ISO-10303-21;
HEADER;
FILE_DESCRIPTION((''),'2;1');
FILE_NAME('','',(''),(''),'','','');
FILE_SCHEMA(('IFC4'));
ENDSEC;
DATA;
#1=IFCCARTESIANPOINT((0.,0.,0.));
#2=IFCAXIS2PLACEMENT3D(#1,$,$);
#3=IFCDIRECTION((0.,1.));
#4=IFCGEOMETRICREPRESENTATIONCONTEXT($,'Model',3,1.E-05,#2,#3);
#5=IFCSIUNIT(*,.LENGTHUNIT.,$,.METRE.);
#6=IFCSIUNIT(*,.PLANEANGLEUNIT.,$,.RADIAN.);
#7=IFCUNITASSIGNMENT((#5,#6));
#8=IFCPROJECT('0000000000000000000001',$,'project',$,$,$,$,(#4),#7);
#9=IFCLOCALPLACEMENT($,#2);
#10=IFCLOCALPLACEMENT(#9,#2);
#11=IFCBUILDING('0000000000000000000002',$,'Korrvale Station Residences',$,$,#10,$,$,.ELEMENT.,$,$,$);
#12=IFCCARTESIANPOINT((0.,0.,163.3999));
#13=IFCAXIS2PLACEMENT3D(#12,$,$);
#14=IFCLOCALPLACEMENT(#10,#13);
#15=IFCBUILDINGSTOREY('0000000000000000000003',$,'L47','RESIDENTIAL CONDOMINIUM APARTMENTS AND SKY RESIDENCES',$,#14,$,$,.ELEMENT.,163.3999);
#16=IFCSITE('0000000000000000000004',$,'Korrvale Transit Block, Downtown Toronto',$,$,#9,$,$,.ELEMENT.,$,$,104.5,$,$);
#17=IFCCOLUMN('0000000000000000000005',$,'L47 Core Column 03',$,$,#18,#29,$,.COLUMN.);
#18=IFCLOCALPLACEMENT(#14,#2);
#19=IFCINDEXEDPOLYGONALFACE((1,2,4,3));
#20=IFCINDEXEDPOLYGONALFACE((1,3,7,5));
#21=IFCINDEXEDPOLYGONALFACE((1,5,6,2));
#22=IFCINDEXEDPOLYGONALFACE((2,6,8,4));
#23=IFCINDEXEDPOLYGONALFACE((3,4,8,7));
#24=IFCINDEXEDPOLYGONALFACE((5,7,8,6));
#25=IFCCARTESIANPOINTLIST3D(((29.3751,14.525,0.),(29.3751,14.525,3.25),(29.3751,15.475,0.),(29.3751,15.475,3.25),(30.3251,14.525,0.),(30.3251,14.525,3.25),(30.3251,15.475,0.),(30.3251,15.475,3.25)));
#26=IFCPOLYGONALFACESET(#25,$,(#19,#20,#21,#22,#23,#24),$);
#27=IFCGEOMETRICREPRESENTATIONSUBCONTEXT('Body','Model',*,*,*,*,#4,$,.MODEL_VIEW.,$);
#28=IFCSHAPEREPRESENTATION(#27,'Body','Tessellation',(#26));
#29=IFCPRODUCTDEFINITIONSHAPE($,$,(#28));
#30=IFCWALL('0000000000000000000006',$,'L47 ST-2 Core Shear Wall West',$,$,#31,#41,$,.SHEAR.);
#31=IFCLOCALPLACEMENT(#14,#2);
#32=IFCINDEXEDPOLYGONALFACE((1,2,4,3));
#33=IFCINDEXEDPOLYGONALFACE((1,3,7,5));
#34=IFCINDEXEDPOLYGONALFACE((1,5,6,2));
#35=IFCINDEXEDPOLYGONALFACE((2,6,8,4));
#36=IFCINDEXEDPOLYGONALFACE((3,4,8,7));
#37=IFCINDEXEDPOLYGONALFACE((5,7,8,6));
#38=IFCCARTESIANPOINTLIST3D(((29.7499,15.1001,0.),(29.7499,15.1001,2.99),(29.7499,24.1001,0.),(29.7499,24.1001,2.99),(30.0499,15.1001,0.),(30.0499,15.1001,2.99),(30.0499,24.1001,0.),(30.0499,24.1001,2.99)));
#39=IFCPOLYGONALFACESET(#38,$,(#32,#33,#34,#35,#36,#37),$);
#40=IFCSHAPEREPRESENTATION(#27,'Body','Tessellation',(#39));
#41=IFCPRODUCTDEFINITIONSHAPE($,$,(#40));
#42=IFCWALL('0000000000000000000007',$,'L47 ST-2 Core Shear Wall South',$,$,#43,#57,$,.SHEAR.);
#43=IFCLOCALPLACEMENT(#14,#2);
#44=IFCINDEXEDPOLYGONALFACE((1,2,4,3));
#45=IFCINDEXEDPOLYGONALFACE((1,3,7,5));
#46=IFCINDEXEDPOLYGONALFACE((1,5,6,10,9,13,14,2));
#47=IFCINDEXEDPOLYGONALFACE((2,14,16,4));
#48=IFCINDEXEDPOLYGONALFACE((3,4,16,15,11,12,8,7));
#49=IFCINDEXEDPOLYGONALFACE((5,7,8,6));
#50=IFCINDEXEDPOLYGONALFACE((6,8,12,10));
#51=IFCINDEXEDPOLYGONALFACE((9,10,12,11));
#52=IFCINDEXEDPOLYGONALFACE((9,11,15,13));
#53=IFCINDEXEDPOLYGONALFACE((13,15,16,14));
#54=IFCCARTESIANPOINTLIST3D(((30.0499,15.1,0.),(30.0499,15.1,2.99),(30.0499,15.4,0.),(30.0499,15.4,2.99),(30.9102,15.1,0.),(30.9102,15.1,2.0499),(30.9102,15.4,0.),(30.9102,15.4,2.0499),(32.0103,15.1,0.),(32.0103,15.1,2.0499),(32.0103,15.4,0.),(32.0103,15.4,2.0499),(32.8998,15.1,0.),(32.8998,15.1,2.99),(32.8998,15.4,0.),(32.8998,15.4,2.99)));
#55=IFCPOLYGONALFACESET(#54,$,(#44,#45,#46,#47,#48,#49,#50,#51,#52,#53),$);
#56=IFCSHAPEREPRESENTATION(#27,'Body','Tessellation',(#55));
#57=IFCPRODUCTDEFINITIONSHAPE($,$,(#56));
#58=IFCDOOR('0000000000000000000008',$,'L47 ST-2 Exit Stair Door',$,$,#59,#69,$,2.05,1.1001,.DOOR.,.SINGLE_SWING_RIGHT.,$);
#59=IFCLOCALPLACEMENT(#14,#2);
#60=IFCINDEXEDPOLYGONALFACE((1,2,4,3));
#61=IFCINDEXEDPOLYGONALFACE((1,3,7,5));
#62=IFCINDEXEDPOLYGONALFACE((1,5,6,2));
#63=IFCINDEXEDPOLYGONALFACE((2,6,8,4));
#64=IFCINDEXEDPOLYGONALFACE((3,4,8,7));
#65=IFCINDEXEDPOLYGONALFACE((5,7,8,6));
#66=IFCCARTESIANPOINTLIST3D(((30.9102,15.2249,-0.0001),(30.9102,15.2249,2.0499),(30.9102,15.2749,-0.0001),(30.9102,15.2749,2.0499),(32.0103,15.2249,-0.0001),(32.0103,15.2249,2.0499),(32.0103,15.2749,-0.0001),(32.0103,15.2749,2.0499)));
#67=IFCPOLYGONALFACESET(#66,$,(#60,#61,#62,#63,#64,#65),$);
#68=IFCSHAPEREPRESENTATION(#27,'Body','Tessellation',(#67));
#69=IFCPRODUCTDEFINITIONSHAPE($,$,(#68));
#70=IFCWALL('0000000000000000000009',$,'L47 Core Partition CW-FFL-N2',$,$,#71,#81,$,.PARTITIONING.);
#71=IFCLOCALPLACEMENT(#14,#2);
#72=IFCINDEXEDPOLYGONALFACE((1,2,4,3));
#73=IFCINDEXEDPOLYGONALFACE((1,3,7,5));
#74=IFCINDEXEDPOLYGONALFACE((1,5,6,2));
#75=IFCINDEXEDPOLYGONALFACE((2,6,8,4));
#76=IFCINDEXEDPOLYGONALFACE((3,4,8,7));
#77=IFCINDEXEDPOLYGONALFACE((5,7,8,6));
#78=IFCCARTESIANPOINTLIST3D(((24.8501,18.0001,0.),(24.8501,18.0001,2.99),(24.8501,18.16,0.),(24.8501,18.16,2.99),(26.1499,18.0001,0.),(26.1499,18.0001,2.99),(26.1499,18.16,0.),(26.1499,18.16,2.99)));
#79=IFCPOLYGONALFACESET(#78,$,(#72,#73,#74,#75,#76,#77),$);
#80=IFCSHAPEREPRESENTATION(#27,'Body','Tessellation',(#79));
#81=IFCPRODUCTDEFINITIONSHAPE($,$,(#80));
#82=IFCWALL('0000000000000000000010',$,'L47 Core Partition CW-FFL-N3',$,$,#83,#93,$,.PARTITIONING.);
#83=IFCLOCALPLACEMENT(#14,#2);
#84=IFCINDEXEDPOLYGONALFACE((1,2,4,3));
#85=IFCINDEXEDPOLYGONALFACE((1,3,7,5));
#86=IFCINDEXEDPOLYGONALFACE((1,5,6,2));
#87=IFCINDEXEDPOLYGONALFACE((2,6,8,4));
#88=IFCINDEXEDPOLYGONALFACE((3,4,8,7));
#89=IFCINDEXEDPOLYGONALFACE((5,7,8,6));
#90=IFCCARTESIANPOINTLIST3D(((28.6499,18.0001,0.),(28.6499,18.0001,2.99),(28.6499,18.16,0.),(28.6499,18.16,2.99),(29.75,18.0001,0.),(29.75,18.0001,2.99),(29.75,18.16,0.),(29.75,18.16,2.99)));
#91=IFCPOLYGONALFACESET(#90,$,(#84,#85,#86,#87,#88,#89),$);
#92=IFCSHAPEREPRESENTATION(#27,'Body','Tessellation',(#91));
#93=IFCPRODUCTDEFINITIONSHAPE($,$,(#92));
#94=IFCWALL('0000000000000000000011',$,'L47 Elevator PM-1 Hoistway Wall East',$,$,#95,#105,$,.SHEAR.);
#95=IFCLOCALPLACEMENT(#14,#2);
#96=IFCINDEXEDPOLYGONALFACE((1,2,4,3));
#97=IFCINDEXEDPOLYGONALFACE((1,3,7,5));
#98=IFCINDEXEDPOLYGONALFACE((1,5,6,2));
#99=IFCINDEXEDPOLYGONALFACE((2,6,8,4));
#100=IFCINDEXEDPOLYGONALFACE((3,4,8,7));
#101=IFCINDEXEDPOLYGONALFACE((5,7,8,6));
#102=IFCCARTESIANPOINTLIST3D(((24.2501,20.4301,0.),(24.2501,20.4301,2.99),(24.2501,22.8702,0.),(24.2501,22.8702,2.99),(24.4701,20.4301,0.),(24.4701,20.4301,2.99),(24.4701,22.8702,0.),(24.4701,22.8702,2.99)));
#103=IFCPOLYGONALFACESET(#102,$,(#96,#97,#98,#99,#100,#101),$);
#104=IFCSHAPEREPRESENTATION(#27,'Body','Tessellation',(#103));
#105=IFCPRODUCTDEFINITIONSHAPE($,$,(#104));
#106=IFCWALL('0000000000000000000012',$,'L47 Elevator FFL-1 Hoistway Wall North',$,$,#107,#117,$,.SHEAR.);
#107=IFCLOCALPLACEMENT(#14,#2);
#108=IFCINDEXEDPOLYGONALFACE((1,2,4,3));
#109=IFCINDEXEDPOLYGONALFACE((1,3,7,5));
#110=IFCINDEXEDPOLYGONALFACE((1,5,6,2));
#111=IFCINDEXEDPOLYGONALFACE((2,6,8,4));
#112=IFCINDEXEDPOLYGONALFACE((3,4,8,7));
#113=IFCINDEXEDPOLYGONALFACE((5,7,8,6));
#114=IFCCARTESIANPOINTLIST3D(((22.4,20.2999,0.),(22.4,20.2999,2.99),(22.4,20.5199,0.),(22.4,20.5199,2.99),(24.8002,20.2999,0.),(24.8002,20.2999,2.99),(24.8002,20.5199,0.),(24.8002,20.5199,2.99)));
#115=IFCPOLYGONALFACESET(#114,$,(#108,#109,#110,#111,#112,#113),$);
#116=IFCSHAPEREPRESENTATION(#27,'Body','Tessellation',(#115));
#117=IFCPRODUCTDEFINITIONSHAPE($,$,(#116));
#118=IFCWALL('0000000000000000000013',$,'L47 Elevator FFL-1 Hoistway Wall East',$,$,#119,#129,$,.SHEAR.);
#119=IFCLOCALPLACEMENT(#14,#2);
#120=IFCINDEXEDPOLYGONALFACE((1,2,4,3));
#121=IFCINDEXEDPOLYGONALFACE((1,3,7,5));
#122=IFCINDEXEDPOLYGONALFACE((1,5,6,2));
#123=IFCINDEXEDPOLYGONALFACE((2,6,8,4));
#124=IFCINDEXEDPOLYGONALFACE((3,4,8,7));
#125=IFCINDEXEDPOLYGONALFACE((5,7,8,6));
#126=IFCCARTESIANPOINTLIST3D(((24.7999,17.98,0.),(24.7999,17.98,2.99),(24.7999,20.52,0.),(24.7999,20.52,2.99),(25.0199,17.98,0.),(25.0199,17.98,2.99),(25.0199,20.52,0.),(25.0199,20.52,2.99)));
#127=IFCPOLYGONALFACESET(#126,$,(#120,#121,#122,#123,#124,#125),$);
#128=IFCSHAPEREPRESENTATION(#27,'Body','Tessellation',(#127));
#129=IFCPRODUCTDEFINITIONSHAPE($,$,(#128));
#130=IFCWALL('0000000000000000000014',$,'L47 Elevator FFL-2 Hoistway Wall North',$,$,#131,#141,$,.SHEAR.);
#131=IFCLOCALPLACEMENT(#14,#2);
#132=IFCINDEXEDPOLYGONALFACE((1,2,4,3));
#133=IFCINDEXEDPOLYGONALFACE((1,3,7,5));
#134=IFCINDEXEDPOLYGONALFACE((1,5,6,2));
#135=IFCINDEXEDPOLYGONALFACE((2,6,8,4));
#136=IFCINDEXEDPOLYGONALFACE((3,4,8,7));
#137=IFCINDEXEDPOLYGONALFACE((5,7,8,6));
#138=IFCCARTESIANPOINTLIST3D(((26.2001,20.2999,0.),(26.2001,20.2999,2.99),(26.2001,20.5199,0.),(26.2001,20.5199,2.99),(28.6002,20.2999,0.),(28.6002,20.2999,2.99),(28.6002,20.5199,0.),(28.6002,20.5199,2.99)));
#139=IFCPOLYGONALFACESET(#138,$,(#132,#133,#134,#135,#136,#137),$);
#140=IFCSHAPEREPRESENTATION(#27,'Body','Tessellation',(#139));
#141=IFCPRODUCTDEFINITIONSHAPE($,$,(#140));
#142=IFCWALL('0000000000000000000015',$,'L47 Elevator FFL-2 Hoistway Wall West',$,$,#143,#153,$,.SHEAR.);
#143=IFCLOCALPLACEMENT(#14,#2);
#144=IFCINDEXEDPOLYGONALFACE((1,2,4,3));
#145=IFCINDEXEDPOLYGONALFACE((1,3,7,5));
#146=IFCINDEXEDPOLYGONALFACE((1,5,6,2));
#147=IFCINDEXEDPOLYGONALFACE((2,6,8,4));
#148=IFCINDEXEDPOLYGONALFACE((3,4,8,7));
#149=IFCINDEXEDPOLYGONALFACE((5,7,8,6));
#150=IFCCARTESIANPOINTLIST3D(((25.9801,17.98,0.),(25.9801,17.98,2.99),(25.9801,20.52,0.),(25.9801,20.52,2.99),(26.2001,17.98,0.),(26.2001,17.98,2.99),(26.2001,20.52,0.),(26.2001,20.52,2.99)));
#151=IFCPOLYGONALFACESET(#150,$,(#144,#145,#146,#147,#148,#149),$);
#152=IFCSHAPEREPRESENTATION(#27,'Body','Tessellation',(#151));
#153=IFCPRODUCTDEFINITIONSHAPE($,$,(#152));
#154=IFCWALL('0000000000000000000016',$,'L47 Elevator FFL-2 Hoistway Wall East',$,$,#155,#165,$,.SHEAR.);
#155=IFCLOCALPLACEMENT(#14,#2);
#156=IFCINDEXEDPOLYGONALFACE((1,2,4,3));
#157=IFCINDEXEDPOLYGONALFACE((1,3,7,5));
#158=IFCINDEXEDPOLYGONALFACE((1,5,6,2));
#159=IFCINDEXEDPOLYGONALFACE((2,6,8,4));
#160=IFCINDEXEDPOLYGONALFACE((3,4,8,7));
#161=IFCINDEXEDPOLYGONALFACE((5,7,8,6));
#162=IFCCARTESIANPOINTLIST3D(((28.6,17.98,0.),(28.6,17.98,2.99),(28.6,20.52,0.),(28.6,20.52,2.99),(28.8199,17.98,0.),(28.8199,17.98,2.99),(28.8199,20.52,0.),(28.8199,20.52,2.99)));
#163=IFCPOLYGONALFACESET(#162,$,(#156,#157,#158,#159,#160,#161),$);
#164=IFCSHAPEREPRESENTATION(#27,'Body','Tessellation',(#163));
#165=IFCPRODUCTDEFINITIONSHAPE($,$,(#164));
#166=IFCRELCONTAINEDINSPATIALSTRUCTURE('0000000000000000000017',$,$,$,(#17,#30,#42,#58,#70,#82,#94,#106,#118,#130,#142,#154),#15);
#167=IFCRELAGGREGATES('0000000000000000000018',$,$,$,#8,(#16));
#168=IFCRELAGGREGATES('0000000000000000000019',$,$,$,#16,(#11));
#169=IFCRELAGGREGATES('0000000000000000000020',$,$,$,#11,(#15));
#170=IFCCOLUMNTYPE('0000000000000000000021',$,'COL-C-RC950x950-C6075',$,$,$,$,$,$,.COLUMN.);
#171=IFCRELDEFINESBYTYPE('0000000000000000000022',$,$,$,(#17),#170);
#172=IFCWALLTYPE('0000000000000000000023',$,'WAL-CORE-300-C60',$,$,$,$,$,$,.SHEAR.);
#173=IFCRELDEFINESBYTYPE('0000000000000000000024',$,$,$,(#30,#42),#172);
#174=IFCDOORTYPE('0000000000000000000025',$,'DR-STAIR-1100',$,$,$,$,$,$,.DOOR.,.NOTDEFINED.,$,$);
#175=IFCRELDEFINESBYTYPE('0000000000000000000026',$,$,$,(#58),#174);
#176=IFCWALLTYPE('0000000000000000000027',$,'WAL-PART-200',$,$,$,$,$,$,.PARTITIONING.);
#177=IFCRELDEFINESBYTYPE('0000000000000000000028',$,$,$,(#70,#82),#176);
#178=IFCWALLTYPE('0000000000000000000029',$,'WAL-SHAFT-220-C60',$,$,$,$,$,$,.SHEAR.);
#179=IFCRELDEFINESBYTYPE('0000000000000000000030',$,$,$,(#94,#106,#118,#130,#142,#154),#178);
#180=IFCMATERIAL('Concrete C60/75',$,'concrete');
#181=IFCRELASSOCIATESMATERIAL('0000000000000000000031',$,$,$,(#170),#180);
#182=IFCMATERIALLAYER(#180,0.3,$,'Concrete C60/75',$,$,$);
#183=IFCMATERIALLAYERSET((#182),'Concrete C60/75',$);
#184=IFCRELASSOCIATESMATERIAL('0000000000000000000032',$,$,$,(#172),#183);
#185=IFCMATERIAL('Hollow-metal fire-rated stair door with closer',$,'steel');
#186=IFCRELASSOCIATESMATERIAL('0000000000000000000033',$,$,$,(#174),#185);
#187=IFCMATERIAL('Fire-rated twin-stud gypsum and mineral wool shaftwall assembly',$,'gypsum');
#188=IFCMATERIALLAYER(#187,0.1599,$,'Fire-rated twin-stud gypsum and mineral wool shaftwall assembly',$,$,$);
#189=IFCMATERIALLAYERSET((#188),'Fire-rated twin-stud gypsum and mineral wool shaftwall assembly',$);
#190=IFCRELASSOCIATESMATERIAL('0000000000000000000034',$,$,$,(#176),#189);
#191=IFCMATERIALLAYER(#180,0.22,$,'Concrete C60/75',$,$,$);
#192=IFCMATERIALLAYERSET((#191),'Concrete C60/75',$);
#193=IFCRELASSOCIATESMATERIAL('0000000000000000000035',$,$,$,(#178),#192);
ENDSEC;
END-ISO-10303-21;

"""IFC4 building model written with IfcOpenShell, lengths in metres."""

from ifc_helpers import new_model, si_unit, direction, frame, frame_2d, origin, origin_2d, place, context, subcontext, project, spatial, rectangle, extrude, material, layer, layer_set, material_profile, profile_set, type_object, element, fill, save


model = new_model("IFC4")

# Units and contexts
model_context = context("Model", 3, precision=1e-05, world=origin(), true_north=direction((0.0, 1.0)))
body_context = subcontext(model_context, "Body", "Model", "MODEL_VIEW")
ifc_project = project(units=[si_unit("LENGTHUNIT", "METRE"), si_unit("PLANEANGLEUNIT", "RADIAN")], contexts=[model_context])

# Site, building, storey
site_placement = place(None, origin())
site = spatial("IfcSite", under=ifc_project, at=site_placement, Name="Korrvale Transit Block, Downtown Toronto", CompositionType="ELEMENT", RefElevation=104.5)
building_placement = place(site_placement, origin())
building = spatial("IfcBuilding", under=site, at=building_placement, Name="Korrvale Station Residences", CompositionType="ELEMENT")
storey_placement = place(building_placement, frame((0.0, 0.0, 163.3999)))
storey = spatial("IfcBuildingStorey", under=building, at=storey_placement, Name="L47", Description="RESIDENTIAL CONDOMINIUM APARTMENTS AND SKY RESIDENCES", CompositionType="ELEMENT", Elevation=163.3999)

# Column
ifc_material_1 = material(Name="Concrete C60/75", Category="concrete")
ifc_material_profile = material_profile(ifc_material_1, rectangle(XDim=0.95, YDim=0.95, at=origin_2d()), Name="RC950x950")
ifc_profile_set = profile_set([ifc_material_profile], Name="Concrete C60/75")
column_type = type_object("IfcColumnType", Name="COL-C-RC950x950-C6075", PredefinedType="COLUMN", material=ifc_profile_set)
column_placement = place(storey_placement, frame((29.8501, 15.0, 0.0), z_axis=(0.0, 0.0, 1.0), x_axis=(1.0, 0.0, 0.0)))
element("IfcColumn", 1, at=column_placement, inside=storey, type_object=column_type, Name="L47 Core Column 03", PredefinedType="COLUMN", context=body_context, shape_type="SweptSolid", body=[
    extrude(rectangle(XDim=0.95, YDim=0.95, at=origin_2d()), origin(), (0.0, 0.0, 1.0), 3.25),
])

# Wall
ifc_layer_1 = layer(ifc_material_1, 0.3, Name="Concrete C60/75")
ifc_layer_set_1 = layer_set([ifc_layer_1], Name="Concrete C60/75")
wall_type_1 = type_object("IfcWallType", Name="WAL-CORE-300-C60", PredefinedType="SHEAR", material=ifc_layer_set_1)
wall_1_placement = place(storey_placement, frame((29.8999, 15.1001, 0.0), z_axis=(0.0, 0.0, 1.0), x_axis=(0.0, 1.0, 0.0)))
element("IfcWall", 2, at=wall_1_placement, inside=storey, type_object=wall_type_1, Name="L47 ST-2 Core Shear Wall West", PredefinedType="SHEAR", context=body_context, shape_type="SweptSolid", body=[
    extrude(rectangle(XDim=9.0, YDim=0.3, at=frame_2d((4.5, 0.0))), origin(), (0.0, 0.0, 1.0), 2.99),
])

# Wall, opening, door
wall_2_placement = place(storey_placement, frame((30.05, 15.25, 0.0), z_axis=(0.0, 0.0, 1.0), x_axis=(1.0, 0.0, 0.0)))
wall_2 = element("IfcWall", 3, at=wall_2_placement, inside=storey, type_object=wall_type_1, Name="L47 ST-2 Core Shear Wall South", PredefinedType="SHEAR", context=body_context, shape_type="SweptSolid", body=[
    extrude(rectangle(XDim=2.8499, YDim=0.3, at=frame_2d((1.4248, 0.0))), origin(), (0.0, 0.0, 1.0), 2.99),
])
opening_1_placement = place(wall_2_placement, frame((0.8601, 0.0, 0.0)))
opening_1 = element("IfcOpeningElement", 4, at=opening_1_placement, cuts=wall_2, PredefinedType="OPENING", context=body_context, shape_type="SweptSolid", body=[
    extrude(rectangle(XDim=1.1001, YDim=2.05, at=frame_2d((0.55, 1.0249))), frame((0.0, 0.1602, 0.0), z_axis=(0.0, -1.0, 0.0), x_axis=(1.0, 0.0, 0.0)), (0.0, 0.0, 1.0), 0.3201),
])
ifc_material_2 = material(Name="Hollow-metal fire-rated stair door with closer", Category="steel")
door_type_1 = type_object("IfcDoorType", Name="DR-STAIR-1100", OperationType="NOTDEFINED", PredefinedType="DOOR", material=ifc_material_2)
door_1_placement = place(opening_1_placement, origin())
door_1 = element("IfcDoor", 5, at=door_1_placement, inside=storey, type_object=door_type_1, Name="L47 ST-2 Exit Stair Door", OperationType="SINGLE_SWING_RIGHT", OverallHeight=2.05, OverallWidth=1.1001, PredefinedType="DOOR", context=body_context, shape_type="SweptSolid", body=[
    extrude(rectangle(XDim=1.1001, YDim=2.05, at=frame_2d((0.55, 1.0249))), frame((0.0, 0.0249, 0.0), z_axis=(0.0, -1.0, 0.0), x_axis=(1.0, 0.0, 0.0)), (0.0, 0.0, 1.0), 0.05),
])
fill(opening_1, door_1)

# Walls
ifc_material_3 = material(Name="Fire-rated twin-stud gypsum and mineral wool shaftwall assembly", Category="gypsum")
ifc_layer_2 = layer(ifc_material_3, 0.1599, Name="Fire-rated twin-stud gypsum and mineral wool shaftwall assembly")
ifc_layer_set_2 = layer_set([ifc_layer_2], Name="Fire-rated twin-stud gypsum and mineral wool shaftwall assembly")
wall_type_2 = type_object("IfcWallType", Name="WAL-PART-200", PredefinedType="PARTITIONING", material=ifc_layer_set_2)
wall_3_placement = place(storey_placement, frame((24.8501, 18.0801, 0.0), z_axis=(0.0, 0.0, 1.0), x_axis=(1.0, 0.0, 0.0)))
element("IfcWall", 6, at=wall_3_placement, inside=storey, type_object=wall_type_2, Name="L47 Core Partition CW-FFL-N2", PredefinedType="PARTITIONING", context=body_context, shape_type="SweptSolid", body=[
    extrude(rectangle(XDim=1.2998, YDim=0.1599, at=frame_2d((0.6499, 0.0))), origin(), (0.0, 0.0, 1.0), 2.99),
])
wall_4_placement = place(storey_placement, frame((28.6499, 18.0801, 0.0), z_axis=(0.0, 0.0, 1.0), x_axis=(1.0, 0.0, 0.0)))
element("IfcWall", 7, at=wall_4_placement, inside=storey, type_object=wall_type_2, Name="L47 Core Partition CW-FFL-N3", PredefinedType="PARTITIONING", context=body_context, shape_type="SweptSolid", body=[
    extrude(rectangle(XDim=1.1001, YDim=0.1599, at=frame_2d((0.55, 0.0))), origin(), (0.0, 0.0, 1.0), 2.99),
])
ifc_layer_3 = layer(ifc_material_1, 0.22, Name="Concrete C60/75")
ifc_layer_set_3 = layer_set([ifc_layer_3], Name="Concrete C60/75")
wall_type_3 = type_object("IfcWallType", Name="WAL-SHAFT-220-C60", PredefinedType="SHEAR", material=ifc_layer_set_3)
wall_5_placement = place(storey_placement, frame((24.3601, 20.4299, 0.0), z_axis=(0.0, 0.0, 1.0), x_axis=(0.0, 1.0, 0.0)))
element("IfcWall", 8, at=wall_5_placement, inside=storey, type_object=wall_type_3, Name="L47 Elevator PM-1 Hoistway Wall East", PredefinedType="SHEAR", context=body_context, shape_type="SweptSolid", body=[
    extrude(rectangle(XDim=2.4402, YDim=0.22, at=frame_2d((1.2202, 0.0))), origin(), (0.0, 0.0, 1.0), 2.99),
])

# Walls
wall_6_placement = place(storey_placement, frame((22.3999, 20.4099, 0.0), z_axis=(0.0, 0.0, 1.0), x_axis=(1.0, 0.0, 0.0)))
element("IfcWall", 9, at=wall_6_placement, inside=storey, type_object=wall_type_3, Name="L47 Elevator FFL-1 Hoistway Wall North", PredefinedType="SHEAR", context=body_context, shape_type="SweptSolid", body=[
    extrude(rectangle(XDim=2.4001, YDim=0.22, at=frame_2d((1.2002, 0.0))), origin(), (0.0, 0.0, 1.0), 2.99),
])
wall_7_placement = place(storey_placement, frame((24.9099, 17.98, 0.0), z_axis=(0.0, 0.0, 1.0), x_axis=(0.0, 1.0, 0.0)))
element("IfcWall", 10, at=wall_7_placement, inside=storey, type_object=wall_type_3, Name="L47 Elevator FFL-1 Hoistway Wall East", PredefinedType="SHEAR", context=body_context, shape_type="SweptSolid", body=[
    extrude(rectangle(XDim=2.54, YDim=0.22, at=frame_2d((1.27, 0.0))), origin(), (0.0, 0.0, 1.0), 2.99),
])

# Walls
wall_8_placement = place(storey_placement, frame((26.2, 20.4099, 0.0), z_axis=(0.0, 0.0, 1.0), x_axis=(1.0, 0.0, 0.0)))
element("IfcWall", 11, at=wall_8_placement, inside=storey, type_object=wall_type_3, Name="L47 Elevator FFL-2 Hoistway Wall North", PredefinedType="SHEAR", context=body_context, shape_type="SweptSolid", body=[
    extrude(rectangle(XDim=2.4001, YDim=0.22, at=frame_2d((1.2002, 0.0))), origin(), (0.0, 0.0, 1.0), 2.99),
])
for number, where, z_axis, x_axis, name in (
    (12, (26.0901, 17.98, 0.0), (0.0, 0.0, 1.0), (0.0, 1.0, 0.0), "L47 Elevator FFL-2 Hoistway Wall West"),
    (13, (28.71, 17.98, 0.0), (0.0, 0.0, 1.0), (0.0, 1.0, 0.0), "L47 Elevator FFL-2 Hoistway Wall East"),
):
    element("IfcWall", number, at=place(storey_placement, frame(where, z_axis=z_axis, x_axis=x_axis)), inside=storey, type_object=wall_type_3, Name=name, PredefinedType="SHEAR", context=body_context, shape_type="SweptSolid", body=[
        extrude(rectangle(XDim=2.54, YDim=0.22, at=frame_2d((1.27, 0.0))), origin(), (0.0, 0.0, 1.0), 2.99),
    ])

save(model, "model.ifc")
